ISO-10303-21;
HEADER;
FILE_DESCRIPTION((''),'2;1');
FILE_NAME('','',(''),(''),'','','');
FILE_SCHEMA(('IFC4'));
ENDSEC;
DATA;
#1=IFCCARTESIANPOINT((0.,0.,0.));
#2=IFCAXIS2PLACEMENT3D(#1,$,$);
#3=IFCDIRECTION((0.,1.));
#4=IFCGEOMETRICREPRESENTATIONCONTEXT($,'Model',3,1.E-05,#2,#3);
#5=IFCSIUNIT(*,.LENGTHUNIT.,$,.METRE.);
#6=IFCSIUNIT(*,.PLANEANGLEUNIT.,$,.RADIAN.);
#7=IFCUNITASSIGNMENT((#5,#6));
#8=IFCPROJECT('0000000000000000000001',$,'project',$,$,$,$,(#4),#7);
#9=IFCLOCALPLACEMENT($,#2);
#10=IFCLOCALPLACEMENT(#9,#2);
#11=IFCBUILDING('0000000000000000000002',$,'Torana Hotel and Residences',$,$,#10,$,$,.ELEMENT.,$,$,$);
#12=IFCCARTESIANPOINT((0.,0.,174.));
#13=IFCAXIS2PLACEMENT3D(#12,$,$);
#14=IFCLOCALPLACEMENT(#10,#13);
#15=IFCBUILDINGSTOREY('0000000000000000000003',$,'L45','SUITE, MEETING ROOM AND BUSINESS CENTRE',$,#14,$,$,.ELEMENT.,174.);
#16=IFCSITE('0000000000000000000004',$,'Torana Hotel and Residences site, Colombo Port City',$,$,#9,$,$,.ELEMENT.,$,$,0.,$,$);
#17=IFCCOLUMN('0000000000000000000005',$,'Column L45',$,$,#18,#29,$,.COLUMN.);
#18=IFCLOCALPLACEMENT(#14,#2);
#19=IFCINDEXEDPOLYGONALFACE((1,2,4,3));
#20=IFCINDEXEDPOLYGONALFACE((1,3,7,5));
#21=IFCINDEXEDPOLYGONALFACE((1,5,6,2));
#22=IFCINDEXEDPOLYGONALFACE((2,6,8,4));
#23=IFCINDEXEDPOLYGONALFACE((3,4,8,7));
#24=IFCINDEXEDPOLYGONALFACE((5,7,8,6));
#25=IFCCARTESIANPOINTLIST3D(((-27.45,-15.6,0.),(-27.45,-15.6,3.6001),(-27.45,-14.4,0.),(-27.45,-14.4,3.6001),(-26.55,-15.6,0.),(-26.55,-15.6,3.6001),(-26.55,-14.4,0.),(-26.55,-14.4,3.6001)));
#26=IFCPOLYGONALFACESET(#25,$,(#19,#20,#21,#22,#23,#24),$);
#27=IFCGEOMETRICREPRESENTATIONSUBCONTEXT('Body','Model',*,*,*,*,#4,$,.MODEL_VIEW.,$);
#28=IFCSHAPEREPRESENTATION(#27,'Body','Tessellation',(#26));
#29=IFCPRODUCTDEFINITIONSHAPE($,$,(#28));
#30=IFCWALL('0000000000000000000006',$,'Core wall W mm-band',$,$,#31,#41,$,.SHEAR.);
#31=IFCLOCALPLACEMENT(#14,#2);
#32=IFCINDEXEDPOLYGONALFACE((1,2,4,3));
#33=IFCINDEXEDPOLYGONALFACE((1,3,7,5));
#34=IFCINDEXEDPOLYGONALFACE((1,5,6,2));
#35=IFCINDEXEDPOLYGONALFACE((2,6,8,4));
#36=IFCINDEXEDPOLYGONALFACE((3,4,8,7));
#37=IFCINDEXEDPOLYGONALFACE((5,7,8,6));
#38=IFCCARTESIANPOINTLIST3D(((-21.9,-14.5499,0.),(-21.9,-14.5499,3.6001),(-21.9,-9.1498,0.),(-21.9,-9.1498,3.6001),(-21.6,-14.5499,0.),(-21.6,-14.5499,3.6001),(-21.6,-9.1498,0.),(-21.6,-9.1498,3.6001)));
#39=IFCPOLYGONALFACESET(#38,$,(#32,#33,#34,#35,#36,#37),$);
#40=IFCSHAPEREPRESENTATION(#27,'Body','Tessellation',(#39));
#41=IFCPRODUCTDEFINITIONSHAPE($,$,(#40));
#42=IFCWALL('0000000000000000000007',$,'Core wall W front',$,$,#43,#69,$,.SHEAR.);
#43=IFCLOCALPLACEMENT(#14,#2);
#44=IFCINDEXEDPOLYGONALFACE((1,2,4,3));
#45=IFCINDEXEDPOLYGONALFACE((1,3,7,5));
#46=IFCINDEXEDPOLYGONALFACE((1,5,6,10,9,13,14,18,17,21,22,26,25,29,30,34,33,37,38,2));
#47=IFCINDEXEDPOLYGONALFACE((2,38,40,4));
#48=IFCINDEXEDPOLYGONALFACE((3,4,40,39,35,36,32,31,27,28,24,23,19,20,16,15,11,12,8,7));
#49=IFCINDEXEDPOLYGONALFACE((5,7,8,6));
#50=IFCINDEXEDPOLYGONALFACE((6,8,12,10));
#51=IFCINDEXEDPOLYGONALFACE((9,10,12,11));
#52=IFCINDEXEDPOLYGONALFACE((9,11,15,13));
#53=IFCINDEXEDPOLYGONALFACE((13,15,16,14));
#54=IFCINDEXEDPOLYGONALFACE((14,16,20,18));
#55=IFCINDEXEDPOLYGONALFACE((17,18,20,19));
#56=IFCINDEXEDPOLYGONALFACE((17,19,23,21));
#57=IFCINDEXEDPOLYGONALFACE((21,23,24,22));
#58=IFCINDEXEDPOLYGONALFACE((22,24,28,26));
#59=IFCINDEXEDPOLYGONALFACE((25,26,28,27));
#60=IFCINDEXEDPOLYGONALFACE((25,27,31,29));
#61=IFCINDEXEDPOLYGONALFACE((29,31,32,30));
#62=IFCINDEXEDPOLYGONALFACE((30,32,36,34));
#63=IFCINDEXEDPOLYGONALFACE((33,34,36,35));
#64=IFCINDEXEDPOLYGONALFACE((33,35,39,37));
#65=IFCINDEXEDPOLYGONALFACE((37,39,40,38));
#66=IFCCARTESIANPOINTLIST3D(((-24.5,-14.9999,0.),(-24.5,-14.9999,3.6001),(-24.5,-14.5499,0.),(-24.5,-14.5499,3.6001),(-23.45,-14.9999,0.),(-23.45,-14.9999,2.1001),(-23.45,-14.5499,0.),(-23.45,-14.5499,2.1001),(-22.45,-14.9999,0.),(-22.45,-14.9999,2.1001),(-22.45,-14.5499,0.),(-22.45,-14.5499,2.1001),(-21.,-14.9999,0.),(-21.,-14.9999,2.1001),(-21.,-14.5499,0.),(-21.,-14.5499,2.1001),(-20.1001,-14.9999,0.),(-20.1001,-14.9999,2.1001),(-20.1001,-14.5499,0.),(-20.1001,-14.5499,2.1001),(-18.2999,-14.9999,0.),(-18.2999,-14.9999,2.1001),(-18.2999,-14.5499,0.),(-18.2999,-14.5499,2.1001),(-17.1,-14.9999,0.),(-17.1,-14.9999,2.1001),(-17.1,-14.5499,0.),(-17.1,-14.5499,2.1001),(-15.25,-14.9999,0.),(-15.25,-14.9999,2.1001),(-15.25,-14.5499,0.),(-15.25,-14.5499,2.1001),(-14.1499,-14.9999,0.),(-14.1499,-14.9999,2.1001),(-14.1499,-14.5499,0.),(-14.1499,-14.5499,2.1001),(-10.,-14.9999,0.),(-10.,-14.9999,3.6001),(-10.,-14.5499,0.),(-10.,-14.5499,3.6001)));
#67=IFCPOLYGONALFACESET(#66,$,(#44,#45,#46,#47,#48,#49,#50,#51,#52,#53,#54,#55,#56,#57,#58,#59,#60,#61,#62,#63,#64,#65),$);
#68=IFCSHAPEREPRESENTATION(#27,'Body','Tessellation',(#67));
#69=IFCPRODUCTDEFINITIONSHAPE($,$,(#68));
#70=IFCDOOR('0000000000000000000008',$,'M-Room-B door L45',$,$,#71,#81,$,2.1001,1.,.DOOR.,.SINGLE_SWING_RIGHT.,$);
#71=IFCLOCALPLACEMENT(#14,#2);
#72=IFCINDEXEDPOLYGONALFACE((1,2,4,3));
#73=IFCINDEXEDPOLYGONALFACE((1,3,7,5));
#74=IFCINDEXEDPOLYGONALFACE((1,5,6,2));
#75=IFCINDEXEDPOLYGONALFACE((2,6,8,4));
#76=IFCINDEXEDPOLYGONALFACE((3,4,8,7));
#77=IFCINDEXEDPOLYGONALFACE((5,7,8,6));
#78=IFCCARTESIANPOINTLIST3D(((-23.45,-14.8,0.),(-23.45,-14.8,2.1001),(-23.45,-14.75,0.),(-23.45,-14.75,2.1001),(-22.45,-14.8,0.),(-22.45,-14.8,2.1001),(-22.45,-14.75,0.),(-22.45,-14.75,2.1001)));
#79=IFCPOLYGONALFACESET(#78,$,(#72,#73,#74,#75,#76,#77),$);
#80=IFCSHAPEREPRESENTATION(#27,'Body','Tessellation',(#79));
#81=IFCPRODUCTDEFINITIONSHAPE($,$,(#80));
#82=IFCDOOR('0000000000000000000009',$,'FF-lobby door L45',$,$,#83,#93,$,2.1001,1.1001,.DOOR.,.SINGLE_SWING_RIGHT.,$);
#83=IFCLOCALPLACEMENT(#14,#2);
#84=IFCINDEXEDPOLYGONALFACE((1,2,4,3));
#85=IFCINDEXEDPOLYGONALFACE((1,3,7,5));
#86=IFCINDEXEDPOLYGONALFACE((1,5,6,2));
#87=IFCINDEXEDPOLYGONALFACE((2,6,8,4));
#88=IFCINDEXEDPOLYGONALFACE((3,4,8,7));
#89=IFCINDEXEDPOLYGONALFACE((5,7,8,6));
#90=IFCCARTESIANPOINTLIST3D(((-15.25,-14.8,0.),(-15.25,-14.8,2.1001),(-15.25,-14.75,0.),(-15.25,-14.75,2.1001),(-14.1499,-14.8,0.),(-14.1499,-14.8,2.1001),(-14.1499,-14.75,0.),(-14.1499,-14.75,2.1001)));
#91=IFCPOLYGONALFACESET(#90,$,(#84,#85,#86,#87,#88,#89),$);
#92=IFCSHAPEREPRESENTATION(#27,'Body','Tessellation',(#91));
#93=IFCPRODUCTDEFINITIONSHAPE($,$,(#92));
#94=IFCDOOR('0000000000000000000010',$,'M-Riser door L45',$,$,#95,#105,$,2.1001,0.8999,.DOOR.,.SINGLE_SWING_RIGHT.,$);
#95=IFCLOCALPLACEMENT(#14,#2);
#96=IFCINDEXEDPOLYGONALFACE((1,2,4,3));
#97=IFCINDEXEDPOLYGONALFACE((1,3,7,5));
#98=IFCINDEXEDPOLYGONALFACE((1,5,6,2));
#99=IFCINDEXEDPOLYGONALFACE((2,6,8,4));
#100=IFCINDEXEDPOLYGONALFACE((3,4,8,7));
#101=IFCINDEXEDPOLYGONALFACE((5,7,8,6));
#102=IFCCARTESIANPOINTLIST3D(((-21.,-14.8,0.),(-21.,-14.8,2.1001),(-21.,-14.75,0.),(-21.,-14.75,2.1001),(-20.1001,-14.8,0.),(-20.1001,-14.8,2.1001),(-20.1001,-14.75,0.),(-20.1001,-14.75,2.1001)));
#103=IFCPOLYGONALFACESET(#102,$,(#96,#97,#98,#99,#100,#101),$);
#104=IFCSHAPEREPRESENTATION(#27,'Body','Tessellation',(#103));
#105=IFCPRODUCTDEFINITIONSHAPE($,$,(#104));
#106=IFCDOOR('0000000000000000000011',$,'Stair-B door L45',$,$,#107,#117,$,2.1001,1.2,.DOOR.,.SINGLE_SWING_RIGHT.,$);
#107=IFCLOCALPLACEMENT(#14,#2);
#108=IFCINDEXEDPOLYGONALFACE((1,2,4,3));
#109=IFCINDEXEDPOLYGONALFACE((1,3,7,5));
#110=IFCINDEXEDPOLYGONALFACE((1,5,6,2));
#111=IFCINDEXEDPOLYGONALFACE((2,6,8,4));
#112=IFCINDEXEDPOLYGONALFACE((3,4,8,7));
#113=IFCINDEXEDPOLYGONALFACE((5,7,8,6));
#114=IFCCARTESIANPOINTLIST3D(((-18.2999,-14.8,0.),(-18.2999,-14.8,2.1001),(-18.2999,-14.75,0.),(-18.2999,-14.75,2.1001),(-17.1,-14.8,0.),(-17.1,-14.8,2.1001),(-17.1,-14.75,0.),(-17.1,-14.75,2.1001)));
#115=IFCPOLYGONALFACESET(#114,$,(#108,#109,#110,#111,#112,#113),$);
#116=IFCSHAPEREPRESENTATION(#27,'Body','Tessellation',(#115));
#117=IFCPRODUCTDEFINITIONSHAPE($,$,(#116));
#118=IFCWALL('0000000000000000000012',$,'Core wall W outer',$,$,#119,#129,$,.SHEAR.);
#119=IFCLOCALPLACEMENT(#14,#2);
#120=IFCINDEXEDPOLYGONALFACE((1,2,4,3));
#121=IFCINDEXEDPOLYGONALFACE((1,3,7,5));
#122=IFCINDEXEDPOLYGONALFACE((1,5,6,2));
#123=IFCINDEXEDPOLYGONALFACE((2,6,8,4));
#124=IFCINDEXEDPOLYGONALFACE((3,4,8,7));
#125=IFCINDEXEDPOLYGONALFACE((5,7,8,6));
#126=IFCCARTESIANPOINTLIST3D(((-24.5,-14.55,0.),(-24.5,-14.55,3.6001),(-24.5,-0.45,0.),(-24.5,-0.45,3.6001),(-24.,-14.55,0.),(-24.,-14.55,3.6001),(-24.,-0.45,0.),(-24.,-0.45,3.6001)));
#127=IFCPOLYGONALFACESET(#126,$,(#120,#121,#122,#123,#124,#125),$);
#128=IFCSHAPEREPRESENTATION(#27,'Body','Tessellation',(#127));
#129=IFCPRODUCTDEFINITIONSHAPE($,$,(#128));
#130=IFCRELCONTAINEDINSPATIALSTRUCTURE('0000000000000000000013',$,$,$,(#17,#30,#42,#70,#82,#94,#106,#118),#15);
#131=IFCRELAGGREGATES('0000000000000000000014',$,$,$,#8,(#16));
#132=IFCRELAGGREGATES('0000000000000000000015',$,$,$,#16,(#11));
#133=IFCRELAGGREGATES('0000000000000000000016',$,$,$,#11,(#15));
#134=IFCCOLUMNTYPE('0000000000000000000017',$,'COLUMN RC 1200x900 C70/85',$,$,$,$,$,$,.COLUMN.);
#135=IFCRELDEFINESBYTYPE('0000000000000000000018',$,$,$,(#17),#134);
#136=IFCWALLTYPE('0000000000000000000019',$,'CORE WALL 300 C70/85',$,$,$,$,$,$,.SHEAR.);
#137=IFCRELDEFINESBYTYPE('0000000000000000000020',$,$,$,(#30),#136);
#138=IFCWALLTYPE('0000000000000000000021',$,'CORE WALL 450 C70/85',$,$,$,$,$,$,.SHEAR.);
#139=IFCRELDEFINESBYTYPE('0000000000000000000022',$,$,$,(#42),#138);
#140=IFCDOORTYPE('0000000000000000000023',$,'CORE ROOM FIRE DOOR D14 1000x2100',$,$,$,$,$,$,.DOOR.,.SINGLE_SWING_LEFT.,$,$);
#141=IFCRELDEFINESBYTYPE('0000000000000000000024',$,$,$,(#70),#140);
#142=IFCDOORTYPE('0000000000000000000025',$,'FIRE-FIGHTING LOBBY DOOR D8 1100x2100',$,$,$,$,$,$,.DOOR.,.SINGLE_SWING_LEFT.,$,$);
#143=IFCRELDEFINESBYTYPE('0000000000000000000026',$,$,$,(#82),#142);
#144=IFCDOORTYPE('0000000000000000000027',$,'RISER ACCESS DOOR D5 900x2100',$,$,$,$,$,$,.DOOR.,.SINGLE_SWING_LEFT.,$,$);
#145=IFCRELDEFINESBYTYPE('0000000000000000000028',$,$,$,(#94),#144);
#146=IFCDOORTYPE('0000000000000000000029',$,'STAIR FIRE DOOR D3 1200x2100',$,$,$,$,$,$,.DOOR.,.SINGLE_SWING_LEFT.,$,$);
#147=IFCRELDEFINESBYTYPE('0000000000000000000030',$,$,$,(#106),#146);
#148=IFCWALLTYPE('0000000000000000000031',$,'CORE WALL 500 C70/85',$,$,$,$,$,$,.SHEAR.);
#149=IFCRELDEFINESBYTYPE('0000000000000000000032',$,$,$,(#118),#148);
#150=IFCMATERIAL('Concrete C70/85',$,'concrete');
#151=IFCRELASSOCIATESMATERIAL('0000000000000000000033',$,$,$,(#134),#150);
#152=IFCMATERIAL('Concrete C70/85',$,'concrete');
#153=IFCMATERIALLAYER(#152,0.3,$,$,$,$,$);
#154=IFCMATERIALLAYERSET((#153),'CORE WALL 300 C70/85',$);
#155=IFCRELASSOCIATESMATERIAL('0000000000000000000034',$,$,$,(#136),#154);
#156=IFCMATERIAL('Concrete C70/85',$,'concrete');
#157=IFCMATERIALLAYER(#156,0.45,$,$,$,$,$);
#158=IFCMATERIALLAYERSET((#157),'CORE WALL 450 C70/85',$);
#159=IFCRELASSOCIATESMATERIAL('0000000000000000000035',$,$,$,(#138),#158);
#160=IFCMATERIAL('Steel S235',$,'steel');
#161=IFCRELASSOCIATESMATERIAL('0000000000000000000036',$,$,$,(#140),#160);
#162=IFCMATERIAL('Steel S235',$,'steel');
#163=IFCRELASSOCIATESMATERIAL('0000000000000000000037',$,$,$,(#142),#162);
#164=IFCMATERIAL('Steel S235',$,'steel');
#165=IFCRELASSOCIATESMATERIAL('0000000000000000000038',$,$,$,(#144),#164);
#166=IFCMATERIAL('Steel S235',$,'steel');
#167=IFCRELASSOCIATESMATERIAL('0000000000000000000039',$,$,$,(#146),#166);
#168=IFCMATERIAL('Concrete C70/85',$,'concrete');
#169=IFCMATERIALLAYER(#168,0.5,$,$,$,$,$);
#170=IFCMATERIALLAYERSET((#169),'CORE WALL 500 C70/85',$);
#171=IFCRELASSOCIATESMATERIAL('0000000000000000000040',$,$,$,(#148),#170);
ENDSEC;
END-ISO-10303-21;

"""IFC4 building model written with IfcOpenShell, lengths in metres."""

from ifc_helpers import new_model, si_unit, direction, frame, frame_2d, origin, origin_2d, place, context, subcontext, project, spatial, rectangle, extrude, material, layer, layer_set, material_profile, profile_set, type_object, element, fill, save


model = new_model("IFC4")

# Units and contexts
model_context = context("Model", 3, precision=1e-05, world=origin(), true_north=direction((0.0, 1.0)))
body_context = subcontext(model_context, "Body", "Model", "MODEL_VIEW")
ifc_project = project(units=[si_unit("LENGTHUNIT", "METRE"), si_unit("PLANEANGLEUNIT", "RADIAN")], contexts=[model_context])

# Site, building, storey
site_placement = place(None, origin())
site = spatial("IfcSite", under=ifc_project, at=site_placement, Name="Torana Hotel and Residences site, Colombo Port City", CompositionType="ELEMENT", RefElevation=0.0)
building_placement = place(site_placement, origin())
building = spatial("IfcBuilding", under=site, at=building_placement, Name="Torana Hotel and Residences", CompositionType="ELEMENT")
storey_placement = place(building_placement, frame((0.0, 0.0, 174.0)))
storey = spatial("IfcBuildingStorey", under=building, at=storey_placement, Name="L45", Description="SUITE, MEETING ROOM AND BUSINESS CENTRE", CompositionType="ELEMENT", Elevation=174.0)

# Column
ifc_material_1 = material(Name="Concrete C70/85", Category="concrete")
ifc_material_profile = material_profile(ifc_material_1, rectangle(XDim=1.2, YDim=0.8999, at=origin_2d()), Name="RC 1200x900")
ifc_profile_set = profile_set([ifc_material_profile], Name="Concrete C70/85")
column_type = type_object("IfcColumnType", Name="COLUMN RC 1200x900 C70/85", PredefinedType="COLUMN", material=ifc_profile_set)
column_placement = place(storey_placement, frame((-27.0, -15.0, 0.0), z_axis=(0.0, 0.0, 1.0), x_axis=(0.0, 1.0, 0.0)))
element("IfcColumn", 1, at=column_placement, inside=storey, type_object=column_type, Name="Column L45", PredefinedType="COLUMN", context=body_context, shape_type="SweptSolid", body=[
    extrude(rectangle(XDim=1.2, YDim=0.8999, at=origin_2d()), origin(), (0.0, 0.0, 1.0), 3.6001),
])

# Wall
ifc_material_2 = material(Name="Concrete C70/85", Category="concrete")
ifc_layer_1 = layer(ifc_material_2, 0.3)
ifc_layer_set_1 = layer_set([ifc_layer_1], Name="CORE WALL 300 C70/85")
wall_type_1 = type_object("IfcWallType", Name="CORE WALL 300 C70/85", PredefinedType="SHEAR", material=ifc_layer_set_1)
wall_1_placement = place(storey_placement, frame((-21.75, -14.55, 0.0), z_axis=(0.0, 0.0, 1.0), x_axis=(0.0, 1.0, 0.0)))
element("IfcWall", 2, at=wall_1_placement, inside=storey, type_object=wall_type_1, Name="Core wall W mm-band", PredefinedType="SHEAR", context=body_context, shape_type="SweptSolid", body=[
    extrude(rectangle(XDim=5.4001, YDim=0.3, at=frame_2d((2.7002, 0.0))), origin(), (0.0, 0.0, 1.0), 3.6001),
])

# Wall, openings, doors
ifc_material_3 = material(Name="Concrete C70/85", Category="concrete")
ifc_layer_2 = layer(ifc_material_3, 0.45)
ifc_layer_set_2 = layer_set([ifc_layer_2], Name="CORE WALL 450 C70/85")
wall_type_2 = type_object("IfcWallType", Name="CORE WALL 450 C70/85", PredefinedType="SHEAR", material=ifc_layer_set_2)
wall_2_placement = place(storey_placement, frame((-24.5, -14.7749, 0.0), z_axis=(0.0, 0.0, 1.0), x_axis=(1.0, 0.0, 0.0)))
wall_2 = element("IfcWall", 3, at=wall_2_placement, inside=storey, type_object=wall_type_2, Name="Core wall W front", PredefinedType="SHEAR", context=body_context, shape_type="SweptSolid", body=[
    extrude(rectangle(XDim=14.5, YDim=0.45, at=frame_2d((7.25, 0.0))), origin(), (0.0, 0.0, 1.0), 3.6001),
])
opening_1_placement = place(wall_2_placement, frame((6.2, 0.0, 0.0)))
opening_1 = element("IfcOpeningElement", 4, at=opening_1_placement, cuts=wall_2, PredefinedType="OPENING", context=body_context, shape_type="SweptSolid", body=[
    extrude(rectangle(XDim=1.2, YDim=2.1001, at=frame_2d((0.6001, 1.05))), frame((0.0, 0.2349, 0.0), z_axis=(0.0, -1.0, 0.0), x_axis=(1.0, 0.0, 0.0)), (0.0, 0.0, 1.0), 0.47),
])
opening_2_placement = place(wall_2_placement, frame((9.25, 0.0, 0.0)))
opening_2 = element("IfcOpeningElement", 5, at=opening_2_placement, cuts=wall_2, PredefinedType="OPENING", context=body_context, shape_type="SweptSolid", body=[
    extrude(rectangle(XDim=1.1001, YDim=2.1001, at=frame_2d((0.55, 1.05))), frame((0.0, 0.2349, 0.0), z_axis=(0.0, -1.0, 0.0), x_axis=(1.0, 0.0, 0.0)), (0.0, 0.0, 1.0), 0.47),
])
opening_3_placement = place(wall_2_placement, frame((3.5, 0.0, 0.0)))
opening_3 = element("IfcOpeningElement", 6, at=opening_3_placement, cuts=wall_2, PredefinedType="OPENING", context=body_context, shape_type="SweptSolid", body=[
    extrude(rectangle(XDim=0.8999, YDim=2.1001, at=frame_2d((0.45, 1.05))), frame((0.0, 0.2349, 0.0), z_axis=(0.0, -1.0, 0.0), x_axis=(1.0, 0.0, 0.0)), (0.0, 0.0, 1.0), 0.47),
])
opening_4_placement = place(wall_2_placement, frame((1.05, 0.0, 0.0)))
opening_4 = element("IfcOpeningElement", 7, at=opening_4_placement, cuts=wall_2, PredefinedType="OPENING", context=body_context, shape_type="SweptSolid", body=[
    extrude(rectangle(XDim=1.0, YDim=2.1001, at=frame_2d((0.5, 1.05))), frame((0.0, 0.2349, 0.0), z_axis=(0.0, -1.0, 0.0), x_axis=(1.0, 0.0, 0.0)), (0.0, 0.0, 1.0), 0.47),
])
ifc_material_4 = material(Name="Steel S235", Category="steel")
door_type_1 = type_object("IfcDoorType", Name="CORE ROOM FIRE DOOR D14 1000x2100", OperationType="SINGLE_SWING_LEFT", PredefinedType="DOOR", material=ifc_material_4)
door_1_placement = place(opening_4_placement, origin())
door_1 = element("IfcDoor", 8, at=door_1_placement, inside=storey, type_object=door_type_1, Name="M-Room-B door L45", OperationType="SINGLE_SWING_RIGHT", OverallHeight=2.1001, OverallWidth=1.0, PredefinedType="DOOR", context=body_context, shape_type="SweptSolid", body=[
    extrude(rectangle(XDim=1.0, YDim=2.1001, at=frame_2d((0.5, 1.05))), frame((0.0, 0.0249, 0.0), z_axis=(0.0, -1.0, 0.0), x_axis=(1.0, 0.0, 0.0)), (0.0, 0.0, 1.0), 0.05),
])
fill(opening_4, door_1)
ifc_material_5 = material(Name="Steel S235", Category="steel")
door_type_2 = type_object("IfcDoorType", Name="FIRE-FIGHTING LOBBY DOOR D8 1100x2100", OperationType="SINGLE_SWING_LEFT", PredefinedType="DOOR", material=ifc_material_5)
door_2_placement = place(opening_2_placement, origin())
door_2 = element("IfcDoor", 9, at=door_2_placement, inside=storey, type_object=door_type_2, Name="FF-lobby door L45", OperationType="SINGLE_SWING_RIGHT", OverallHeight=2.1001, OverallWidth=1.1001, PredefinedType="DOOR", context=body_context, shape_type="SweptSolid", body=[
    extrude(rectangle(XDim=1.1001, YDim=2.1001, at=frame_2d((0.55, 1.05))), frame((0.0, 0.0249, 0.0), z_axis=(0.0, -1.0, 0.0), x_axis=(1.0, 0.0, 0.0)), (0.0, 0.0, 1.0), 0.05),
])
fill(opening_2, door_2)
ifc_material_6 = material(Name="Steel S235", Category="steel")
door_type_3 = type_object("IfcDoorType", Name="RISER ACCESS DOOR D5 900x2100", OperationType="SINGLE_SWING_LEFT", PredefinedType="DOOR", material=ifc_material_6)
door_3_placement = place(opening_3_placement, origin())
door_3 = element("IfcDoor", 10, at=door_3_placement, inside=storey, type_object=door_type_3, Name="M-Riser door L45", OperationType="SINGLE_SWING_RIGHT", OverallHeight=2.1001, OverallWidth=0.8999, PredefinedType="DOOR", context=body_context, shape_type="SweptSolid", body=[
    extrude(rectangle(XDim=0.8999, YDim=2.1001, at=frame_2d((0.45, 1.05))), frame((0.0, 0.0249, 0.0), z_axis=(0.0, -1.0, 0.0), x_axis=(1.0, 0.0, 0.0)), (0.0, 0.0, 1.0), 0.05),
])
fill(opening_3, door_3)
ifc_material_7 = material(Name="Steel S235", Category="steel")
door_type_4 = type_object("IfcDoorType", Name="STAIR FIRE DOOR D3 1200x2100", OperationType="SINGLE_SWING_LEFT", PredefinedType="DOOR", material=ifc_material_7)
door_4_placement = place(opening_1_placement, origin())
door_4 = element("IfcDoor", 11, at=door_4_placement, inside=storey, type_object=door_type_4, Name="Stair-B door L45", OperationType="SINGLE_SWING_RIGHT", OverallHeight=2.1001, OverallWidth=1.2, PredefinedType="DOOR", context=body_context, shape_type="SweptSolid", body=[
    extrude(rectangle(XDim=1.2, YDim=2.1001, at=frame_2d((0.6001, 1.05))), frame((0.0, 0.0249, 0.0), z_axis=(0.0, -1.0, 0.0), x_axis=(1.0, 0.0, 0.0)), (0.0, 0.0, 1.0), 0.05),
])
fill(opening_1, door_4)

# Wall
ifc_material_8 = material(Name="Concrete C70/85", Category="concrete")
ifc_layer_3 = layer(ifc_material_8, 0.5)
ifc_layer_set_3 = layer_set([ifc_layer_3], Name="CORE WALL 500 C70/85")
wall_type_3 = type_object("IfcWallType", Name="CORE WALL 500 C70/85", PredefinedType="SHEAR", material=ifc_layer_set_3)
wall_3_placement = place(storey_placement, frame((-24.25, -14.55, 0.0), z_axis=(0.0, 0.0, 1.0), x_axis=(0.0, 1.0, 0.0)))
element("IfcWall", 12, at=wall_3_placement, inside=storey, type_object=wall_type_3, Name="Core wall W outer", PredefinedType="SHEAR", context=body_context, shape_type="SweptSolid", body=[
    extrude(rectangle(XDim=14.1001, YDim=0.5, at=frame_2d((7.05, 0.0))), origin(), (0.0, 0.0, 1.0), 3.6001),
])

save(model, "model.ifc")
